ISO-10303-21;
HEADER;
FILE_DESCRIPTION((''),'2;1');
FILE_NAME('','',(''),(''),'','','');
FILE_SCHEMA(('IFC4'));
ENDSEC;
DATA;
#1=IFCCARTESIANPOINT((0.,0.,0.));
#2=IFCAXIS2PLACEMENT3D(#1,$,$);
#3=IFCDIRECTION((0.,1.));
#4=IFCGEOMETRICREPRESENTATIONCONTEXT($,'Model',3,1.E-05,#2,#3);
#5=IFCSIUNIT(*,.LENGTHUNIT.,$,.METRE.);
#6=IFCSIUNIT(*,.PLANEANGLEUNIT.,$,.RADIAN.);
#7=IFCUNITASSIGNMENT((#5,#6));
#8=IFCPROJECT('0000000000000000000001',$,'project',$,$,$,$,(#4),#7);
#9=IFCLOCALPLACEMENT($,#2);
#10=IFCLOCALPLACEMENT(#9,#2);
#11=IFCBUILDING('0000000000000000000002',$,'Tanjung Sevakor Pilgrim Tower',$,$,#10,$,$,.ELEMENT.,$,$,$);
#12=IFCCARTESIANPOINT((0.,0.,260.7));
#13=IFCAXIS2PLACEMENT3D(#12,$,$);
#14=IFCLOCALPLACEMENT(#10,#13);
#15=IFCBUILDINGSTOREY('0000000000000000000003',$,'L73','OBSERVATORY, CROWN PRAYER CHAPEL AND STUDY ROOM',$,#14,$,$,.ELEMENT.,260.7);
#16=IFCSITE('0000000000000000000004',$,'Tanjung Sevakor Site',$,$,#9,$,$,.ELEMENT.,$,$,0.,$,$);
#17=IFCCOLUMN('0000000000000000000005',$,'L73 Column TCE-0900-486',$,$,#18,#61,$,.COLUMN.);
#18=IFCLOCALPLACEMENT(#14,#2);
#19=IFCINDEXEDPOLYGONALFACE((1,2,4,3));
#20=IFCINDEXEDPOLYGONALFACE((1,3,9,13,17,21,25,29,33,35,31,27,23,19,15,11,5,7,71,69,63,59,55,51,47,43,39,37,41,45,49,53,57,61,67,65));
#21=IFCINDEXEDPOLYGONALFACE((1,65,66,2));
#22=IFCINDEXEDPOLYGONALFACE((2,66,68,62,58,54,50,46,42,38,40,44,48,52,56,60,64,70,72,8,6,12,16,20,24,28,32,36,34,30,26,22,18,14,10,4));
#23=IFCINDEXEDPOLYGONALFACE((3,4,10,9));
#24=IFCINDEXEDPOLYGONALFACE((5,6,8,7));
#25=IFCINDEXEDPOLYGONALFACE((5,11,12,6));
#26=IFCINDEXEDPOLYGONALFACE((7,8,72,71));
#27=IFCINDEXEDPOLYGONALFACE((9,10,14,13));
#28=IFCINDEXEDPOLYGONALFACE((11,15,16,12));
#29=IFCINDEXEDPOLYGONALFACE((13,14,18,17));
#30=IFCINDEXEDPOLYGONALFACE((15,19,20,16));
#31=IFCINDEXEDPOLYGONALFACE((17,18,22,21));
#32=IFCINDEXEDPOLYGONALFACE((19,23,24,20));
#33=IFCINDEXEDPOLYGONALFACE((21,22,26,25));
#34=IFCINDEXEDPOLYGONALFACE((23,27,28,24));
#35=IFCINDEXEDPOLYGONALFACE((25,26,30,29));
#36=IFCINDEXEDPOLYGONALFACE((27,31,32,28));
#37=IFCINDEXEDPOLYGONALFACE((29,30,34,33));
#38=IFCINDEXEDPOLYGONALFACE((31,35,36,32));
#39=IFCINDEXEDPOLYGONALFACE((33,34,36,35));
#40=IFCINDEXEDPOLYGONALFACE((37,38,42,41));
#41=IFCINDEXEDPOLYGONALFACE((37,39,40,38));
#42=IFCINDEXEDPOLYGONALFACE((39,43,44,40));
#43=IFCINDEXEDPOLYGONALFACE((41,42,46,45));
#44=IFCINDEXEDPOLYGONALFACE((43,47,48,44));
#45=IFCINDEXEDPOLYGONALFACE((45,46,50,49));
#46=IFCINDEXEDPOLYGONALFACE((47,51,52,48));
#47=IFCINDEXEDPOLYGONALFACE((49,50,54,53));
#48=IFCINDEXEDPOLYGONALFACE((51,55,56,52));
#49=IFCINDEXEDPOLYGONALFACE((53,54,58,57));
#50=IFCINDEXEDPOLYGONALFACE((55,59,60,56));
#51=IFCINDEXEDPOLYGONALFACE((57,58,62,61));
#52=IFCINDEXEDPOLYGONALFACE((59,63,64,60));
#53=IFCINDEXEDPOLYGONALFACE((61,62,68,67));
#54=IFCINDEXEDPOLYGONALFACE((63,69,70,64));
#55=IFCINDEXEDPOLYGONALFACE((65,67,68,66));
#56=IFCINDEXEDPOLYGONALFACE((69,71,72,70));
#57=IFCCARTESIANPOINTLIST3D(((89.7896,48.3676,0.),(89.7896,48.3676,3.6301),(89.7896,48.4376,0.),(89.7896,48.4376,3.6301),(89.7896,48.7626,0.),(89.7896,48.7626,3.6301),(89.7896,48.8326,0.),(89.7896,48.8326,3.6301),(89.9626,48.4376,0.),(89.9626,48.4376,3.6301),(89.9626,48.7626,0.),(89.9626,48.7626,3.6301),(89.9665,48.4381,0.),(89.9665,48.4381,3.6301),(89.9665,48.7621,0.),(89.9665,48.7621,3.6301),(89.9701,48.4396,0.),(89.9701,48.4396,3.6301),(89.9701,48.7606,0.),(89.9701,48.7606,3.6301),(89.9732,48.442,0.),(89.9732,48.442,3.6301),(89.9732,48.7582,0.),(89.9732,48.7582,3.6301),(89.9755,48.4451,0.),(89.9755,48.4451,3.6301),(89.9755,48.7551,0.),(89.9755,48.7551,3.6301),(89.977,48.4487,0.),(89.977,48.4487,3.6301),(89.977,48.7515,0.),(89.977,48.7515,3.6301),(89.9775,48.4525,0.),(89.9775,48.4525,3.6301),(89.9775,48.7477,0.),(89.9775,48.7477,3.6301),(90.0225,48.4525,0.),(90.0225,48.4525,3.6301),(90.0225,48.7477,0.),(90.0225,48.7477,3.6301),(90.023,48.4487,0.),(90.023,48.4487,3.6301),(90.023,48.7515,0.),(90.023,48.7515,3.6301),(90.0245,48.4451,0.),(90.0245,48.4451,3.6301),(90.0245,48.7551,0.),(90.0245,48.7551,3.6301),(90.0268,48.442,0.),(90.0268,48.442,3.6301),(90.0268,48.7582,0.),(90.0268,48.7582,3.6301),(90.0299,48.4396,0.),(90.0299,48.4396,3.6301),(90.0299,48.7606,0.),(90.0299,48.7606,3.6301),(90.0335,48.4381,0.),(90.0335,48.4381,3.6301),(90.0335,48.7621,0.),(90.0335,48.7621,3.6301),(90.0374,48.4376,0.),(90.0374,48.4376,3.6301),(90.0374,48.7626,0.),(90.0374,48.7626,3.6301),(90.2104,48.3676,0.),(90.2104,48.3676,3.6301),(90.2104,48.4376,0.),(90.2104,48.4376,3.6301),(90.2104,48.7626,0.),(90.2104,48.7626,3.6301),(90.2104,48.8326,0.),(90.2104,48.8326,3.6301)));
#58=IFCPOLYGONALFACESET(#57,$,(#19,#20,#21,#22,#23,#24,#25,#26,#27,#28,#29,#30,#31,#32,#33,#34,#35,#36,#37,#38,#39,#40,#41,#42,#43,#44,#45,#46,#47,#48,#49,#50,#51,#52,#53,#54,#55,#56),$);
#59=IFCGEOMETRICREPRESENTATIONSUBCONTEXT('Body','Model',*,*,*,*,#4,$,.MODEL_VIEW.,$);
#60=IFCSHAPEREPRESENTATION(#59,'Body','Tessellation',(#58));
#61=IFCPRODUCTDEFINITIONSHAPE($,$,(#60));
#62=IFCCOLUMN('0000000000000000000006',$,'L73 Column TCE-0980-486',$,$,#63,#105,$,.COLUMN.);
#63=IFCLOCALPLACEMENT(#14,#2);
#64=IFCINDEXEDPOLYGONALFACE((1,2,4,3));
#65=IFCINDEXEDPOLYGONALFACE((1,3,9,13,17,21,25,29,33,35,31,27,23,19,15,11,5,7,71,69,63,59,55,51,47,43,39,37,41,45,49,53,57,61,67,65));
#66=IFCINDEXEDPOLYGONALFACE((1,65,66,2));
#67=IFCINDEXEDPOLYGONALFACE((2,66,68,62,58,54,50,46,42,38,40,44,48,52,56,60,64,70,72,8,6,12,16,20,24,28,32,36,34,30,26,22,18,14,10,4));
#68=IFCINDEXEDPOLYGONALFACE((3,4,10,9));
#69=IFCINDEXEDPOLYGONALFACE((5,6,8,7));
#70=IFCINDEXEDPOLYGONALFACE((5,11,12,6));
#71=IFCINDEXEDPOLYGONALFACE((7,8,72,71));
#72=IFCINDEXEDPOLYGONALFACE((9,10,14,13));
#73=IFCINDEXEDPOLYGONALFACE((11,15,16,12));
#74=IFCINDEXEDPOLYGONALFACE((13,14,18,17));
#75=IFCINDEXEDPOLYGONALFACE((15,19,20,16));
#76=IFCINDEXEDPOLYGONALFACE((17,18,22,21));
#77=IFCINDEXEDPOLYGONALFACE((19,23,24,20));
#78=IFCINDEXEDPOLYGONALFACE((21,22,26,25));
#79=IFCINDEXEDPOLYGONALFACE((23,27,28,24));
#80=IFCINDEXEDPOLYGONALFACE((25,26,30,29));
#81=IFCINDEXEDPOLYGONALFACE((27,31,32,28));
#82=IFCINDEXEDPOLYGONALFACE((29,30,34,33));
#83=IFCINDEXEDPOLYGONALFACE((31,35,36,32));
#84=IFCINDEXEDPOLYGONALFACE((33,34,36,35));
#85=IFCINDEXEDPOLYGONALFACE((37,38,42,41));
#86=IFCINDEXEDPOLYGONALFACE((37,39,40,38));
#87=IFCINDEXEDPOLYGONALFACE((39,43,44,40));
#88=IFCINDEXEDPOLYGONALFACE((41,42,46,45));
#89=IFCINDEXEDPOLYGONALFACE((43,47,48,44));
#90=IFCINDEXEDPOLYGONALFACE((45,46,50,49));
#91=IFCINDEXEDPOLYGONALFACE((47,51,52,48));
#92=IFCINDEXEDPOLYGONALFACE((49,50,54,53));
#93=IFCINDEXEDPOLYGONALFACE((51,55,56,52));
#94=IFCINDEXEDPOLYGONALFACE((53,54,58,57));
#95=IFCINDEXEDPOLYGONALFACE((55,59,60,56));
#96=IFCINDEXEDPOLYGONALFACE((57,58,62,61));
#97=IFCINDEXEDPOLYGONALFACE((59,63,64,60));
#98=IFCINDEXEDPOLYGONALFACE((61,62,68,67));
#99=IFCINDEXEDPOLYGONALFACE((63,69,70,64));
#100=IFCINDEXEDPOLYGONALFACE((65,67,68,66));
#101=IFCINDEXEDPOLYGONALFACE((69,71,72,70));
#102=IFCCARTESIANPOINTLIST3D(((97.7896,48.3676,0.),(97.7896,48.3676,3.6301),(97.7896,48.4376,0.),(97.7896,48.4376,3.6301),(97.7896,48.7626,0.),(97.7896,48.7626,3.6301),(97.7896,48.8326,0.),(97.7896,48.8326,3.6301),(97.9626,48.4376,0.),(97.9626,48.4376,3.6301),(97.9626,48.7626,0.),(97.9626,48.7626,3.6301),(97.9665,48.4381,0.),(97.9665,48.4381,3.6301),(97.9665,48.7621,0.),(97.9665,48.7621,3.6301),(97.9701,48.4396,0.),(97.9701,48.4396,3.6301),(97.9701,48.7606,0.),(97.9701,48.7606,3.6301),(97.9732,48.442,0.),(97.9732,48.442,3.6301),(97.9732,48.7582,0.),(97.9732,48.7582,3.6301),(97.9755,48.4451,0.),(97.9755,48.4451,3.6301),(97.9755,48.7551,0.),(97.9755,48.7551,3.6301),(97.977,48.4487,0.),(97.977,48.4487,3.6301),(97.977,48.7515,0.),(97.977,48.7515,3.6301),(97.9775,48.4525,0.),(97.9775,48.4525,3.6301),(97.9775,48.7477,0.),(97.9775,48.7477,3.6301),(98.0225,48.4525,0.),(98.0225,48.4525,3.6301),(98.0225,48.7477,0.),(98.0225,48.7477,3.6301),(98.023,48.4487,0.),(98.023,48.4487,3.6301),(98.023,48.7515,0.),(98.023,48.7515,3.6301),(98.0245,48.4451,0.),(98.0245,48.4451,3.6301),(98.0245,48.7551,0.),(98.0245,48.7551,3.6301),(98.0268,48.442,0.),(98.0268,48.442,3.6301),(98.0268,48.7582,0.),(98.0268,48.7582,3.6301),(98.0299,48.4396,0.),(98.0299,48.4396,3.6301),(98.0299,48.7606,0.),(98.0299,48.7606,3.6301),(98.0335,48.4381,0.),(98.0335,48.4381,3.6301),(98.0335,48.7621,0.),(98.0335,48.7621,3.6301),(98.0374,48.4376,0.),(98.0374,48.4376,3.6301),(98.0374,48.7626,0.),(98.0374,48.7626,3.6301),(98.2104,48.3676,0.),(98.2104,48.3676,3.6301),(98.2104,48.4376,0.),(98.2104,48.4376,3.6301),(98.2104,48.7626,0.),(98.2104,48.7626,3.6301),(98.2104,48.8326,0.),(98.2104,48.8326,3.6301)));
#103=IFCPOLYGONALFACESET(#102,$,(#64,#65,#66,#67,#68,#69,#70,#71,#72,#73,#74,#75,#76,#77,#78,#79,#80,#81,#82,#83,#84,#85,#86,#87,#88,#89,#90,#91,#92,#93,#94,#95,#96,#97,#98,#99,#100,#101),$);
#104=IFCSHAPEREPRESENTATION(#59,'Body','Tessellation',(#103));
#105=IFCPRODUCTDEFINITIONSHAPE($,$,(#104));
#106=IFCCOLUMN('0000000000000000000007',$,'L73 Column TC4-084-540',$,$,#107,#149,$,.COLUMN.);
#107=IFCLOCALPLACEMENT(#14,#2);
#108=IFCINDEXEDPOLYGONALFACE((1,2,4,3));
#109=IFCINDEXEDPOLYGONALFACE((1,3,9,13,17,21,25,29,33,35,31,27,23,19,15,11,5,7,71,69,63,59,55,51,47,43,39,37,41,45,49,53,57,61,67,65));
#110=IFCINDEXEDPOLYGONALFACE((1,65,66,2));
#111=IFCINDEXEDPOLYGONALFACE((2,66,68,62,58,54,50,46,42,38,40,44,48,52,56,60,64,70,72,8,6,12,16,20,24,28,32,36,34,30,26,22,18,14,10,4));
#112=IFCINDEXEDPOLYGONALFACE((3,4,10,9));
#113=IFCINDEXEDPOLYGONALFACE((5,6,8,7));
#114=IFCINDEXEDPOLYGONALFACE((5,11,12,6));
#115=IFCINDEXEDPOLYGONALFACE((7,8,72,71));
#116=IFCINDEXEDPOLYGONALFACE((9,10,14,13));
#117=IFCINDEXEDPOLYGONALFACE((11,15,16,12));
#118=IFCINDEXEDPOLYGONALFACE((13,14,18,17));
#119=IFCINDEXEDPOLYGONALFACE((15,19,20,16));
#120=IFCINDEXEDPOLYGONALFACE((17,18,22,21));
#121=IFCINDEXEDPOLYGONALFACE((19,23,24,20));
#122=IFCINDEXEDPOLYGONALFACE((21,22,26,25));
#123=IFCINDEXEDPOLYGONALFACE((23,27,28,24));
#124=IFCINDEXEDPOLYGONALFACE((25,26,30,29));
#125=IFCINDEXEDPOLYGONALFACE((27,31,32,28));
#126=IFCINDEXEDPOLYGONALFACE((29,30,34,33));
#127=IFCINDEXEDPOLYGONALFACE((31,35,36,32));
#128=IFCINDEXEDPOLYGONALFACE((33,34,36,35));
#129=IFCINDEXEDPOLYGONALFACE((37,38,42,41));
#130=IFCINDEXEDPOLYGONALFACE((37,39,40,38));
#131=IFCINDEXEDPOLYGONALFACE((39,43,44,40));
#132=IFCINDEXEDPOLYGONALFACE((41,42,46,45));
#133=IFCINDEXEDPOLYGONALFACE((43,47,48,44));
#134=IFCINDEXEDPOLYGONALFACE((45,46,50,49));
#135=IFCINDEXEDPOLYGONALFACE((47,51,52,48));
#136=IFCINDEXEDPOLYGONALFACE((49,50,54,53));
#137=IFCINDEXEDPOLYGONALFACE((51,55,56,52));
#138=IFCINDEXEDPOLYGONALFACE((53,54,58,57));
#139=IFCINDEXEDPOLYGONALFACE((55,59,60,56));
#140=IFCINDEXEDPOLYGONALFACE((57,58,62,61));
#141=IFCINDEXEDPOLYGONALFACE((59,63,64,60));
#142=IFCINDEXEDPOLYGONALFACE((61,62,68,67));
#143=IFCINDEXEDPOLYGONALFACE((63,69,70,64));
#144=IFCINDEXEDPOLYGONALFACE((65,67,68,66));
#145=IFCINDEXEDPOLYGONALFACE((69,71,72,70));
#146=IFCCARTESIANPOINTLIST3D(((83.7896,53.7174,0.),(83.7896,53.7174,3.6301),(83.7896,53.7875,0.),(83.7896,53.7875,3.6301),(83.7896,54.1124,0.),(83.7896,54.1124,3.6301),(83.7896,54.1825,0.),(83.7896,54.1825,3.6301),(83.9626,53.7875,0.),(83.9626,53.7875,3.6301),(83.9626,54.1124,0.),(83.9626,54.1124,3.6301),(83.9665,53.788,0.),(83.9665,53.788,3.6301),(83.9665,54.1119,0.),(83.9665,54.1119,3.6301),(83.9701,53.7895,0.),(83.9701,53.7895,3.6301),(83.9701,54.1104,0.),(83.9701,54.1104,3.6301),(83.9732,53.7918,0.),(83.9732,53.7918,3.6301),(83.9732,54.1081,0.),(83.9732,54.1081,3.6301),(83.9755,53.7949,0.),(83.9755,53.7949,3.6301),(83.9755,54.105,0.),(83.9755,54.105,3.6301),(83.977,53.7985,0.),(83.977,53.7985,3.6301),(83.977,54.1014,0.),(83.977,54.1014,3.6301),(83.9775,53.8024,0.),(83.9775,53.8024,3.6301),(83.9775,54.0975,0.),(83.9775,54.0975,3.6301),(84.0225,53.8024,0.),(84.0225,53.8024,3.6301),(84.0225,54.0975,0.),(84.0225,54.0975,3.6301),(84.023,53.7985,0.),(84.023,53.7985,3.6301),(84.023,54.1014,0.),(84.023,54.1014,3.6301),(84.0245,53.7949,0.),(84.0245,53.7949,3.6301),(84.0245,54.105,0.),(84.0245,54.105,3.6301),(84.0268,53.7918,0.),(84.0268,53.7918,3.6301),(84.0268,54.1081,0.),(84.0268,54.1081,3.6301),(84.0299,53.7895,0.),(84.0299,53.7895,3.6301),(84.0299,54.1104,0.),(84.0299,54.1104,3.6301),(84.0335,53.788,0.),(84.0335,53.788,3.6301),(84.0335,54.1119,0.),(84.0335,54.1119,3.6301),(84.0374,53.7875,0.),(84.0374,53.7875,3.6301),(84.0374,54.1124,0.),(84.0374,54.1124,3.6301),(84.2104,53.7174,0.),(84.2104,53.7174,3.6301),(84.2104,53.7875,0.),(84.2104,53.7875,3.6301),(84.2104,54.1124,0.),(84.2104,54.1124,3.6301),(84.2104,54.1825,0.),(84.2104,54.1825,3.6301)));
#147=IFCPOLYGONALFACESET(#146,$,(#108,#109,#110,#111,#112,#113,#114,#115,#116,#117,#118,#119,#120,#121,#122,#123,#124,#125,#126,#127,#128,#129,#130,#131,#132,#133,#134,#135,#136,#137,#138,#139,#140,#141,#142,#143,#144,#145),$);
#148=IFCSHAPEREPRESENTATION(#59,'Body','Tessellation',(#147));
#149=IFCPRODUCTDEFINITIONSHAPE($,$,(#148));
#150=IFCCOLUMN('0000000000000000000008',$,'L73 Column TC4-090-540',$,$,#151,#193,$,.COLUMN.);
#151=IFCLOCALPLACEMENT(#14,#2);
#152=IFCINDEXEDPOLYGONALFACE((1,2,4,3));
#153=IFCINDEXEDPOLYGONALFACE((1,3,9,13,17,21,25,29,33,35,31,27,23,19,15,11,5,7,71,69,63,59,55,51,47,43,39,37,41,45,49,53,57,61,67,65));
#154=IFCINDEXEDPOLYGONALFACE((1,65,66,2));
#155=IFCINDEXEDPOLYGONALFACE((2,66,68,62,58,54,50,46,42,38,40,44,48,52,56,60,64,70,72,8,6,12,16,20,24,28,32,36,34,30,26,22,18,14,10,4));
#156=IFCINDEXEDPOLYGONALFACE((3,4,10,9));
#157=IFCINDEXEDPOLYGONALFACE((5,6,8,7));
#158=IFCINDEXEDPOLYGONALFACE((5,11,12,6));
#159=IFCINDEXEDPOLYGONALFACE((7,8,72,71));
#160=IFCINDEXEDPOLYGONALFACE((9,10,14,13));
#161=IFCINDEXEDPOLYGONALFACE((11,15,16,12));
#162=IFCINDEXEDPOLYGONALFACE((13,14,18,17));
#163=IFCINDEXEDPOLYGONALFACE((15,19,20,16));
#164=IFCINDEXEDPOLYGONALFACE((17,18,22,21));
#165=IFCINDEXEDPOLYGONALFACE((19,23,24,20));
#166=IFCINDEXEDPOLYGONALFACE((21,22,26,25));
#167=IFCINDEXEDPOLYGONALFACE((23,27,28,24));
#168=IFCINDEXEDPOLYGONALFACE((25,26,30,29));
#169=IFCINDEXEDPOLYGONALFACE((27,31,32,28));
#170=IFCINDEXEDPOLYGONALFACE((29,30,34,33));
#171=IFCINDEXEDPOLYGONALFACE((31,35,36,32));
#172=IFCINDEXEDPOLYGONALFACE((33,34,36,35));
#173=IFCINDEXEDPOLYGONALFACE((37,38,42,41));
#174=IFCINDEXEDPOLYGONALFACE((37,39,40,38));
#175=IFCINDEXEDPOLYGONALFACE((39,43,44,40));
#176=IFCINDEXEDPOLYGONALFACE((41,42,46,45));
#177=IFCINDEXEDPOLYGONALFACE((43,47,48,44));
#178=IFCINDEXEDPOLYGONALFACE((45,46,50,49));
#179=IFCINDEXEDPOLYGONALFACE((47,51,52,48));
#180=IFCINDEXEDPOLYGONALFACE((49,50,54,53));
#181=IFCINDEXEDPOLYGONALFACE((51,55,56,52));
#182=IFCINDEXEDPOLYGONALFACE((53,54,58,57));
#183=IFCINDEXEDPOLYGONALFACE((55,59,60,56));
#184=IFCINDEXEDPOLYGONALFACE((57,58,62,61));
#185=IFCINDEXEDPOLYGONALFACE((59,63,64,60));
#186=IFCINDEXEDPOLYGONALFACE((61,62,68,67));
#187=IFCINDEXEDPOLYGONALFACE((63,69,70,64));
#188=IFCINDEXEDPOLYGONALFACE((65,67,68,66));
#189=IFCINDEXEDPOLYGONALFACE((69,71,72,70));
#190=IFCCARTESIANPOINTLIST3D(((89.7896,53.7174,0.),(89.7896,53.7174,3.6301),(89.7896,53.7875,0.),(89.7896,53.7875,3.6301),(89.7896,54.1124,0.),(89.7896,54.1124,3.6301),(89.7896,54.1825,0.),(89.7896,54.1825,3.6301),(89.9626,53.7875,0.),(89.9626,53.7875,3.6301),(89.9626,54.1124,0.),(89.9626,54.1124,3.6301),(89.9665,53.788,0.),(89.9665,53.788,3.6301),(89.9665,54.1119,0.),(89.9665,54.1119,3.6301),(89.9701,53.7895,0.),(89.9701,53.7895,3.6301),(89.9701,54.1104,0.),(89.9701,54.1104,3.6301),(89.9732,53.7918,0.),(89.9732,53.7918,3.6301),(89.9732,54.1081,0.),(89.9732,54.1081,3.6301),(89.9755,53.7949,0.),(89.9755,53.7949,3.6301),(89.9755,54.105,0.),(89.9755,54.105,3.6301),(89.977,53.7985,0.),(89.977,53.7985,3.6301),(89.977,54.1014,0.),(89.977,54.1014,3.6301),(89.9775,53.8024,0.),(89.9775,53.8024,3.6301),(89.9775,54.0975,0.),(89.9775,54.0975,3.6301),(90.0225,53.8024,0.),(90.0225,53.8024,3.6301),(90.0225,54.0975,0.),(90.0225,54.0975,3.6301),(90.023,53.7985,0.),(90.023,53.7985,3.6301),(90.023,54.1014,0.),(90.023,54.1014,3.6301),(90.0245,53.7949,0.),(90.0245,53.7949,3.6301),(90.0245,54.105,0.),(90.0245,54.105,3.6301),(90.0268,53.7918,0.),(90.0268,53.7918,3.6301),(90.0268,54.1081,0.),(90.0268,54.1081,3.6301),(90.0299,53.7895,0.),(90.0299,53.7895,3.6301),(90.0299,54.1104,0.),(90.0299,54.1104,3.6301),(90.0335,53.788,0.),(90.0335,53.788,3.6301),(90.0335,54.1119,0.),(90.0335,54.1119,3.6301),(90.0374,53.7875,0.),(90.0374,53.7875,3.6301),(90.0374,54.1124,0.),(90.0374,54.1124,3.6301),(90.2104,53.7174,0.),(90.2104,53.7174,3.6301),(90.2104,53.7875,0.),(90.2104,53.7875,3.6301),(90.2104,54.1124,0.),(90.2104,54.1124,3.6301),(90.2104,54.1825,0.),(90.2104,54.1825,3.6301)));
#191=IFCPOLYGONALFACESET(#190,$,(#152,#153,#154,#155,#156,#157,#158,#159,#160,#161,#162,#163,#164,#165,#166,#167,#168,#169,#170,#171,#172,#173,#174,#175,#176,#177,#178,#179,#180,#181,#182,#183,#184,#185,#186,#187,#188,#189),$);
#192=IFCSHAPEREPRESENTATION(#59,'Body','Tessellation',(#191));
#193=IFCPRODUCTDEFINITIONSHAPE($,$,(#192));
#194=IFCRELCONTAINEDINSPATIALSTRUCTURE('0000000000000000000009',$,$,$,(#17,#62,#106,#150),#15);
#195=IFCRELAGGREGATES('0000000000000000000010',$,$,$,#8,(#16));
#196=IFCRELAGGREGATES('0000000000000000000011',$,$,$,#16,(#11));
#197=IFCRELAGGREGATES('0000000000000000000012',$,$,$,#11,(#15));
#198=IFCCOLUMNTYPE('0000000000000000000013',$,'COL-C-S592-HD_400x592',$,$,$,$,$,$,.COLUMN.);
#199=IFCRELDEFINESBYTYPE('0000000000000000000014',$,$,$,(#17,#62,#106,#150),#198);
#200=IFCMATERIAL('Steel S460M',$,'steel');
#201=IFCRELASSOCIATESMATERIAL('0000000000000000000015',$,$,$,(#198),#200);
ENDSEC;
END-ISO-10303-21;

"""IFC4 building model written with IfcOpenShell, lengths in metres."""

from ifc_helpers import new_model, si_unit, direction, frame, origin, origin_2d, place, context, subcontext, project, spatial, i_section, extrude, material, material_profile, profile_set, type_object, element, save


model = new_model("IFC4")

# Units and contexts
model_context = context("Model", 3, precision=1e-05, world=origin(), true_north=direction((0.0, 1.0)))
body_context = subcontext(model_context, "Body", "Model", "MODEL_VIEW")
ifc_project = project(units=[si_unit("LENGTHUNIT", "METRE"), si_unit("PLANEANGLEUNIT", "RADIAN")], contexts=[model_context])

# Site, building, storey
site_placement = place(None, origin())
site = spatial("IfcSite", under=ifc_project, at=site_placement, Name="Tanjung Sevakor Site", CompositionType="ELEMENT", RefElevation=0.0)
building_placement = place(site_placement, origin())
building = spatial("IfcBuilding", under=site, at=building_placement, Name="Tanjung Sevakor Pilgrim Tower", CompositionType="ELEMENT")
storey_placement = place(building_placement, frame((0.0, 0.0, 260.7)))
storey = spatial("IfcBuildingStorey", under=building, at=storey_placement, Name="L73", Description="OBSERVATORY, CROWN PRAYER CHAPEL AND STUDY ROOM", CompositionType="ELEMENT", Elevation=260.7)

# Columns
ifc_material_1 = material(Name="Steel S460M", Category="steel")
ifc_material_profile_1 = material_profile(ifc_material_1, i_section(OverallWidth=0.4209, OverallDepth=0.4651, WebThickness=0.0449, FlangeThickness=0.0701, FilletRadius=0.0149, at=origin_2d()))
ifc_profile_set_1 = profile_set([ifc_material_profile_1], Name="Steel S460M")
column_type = type_object("IfcColumnType", Name="COL-C-S592-HD_400x592", PredefinedType="COLUMN", material=ifc_profile_set_1)
for number, where, z_axis, x_axis, name in (
    (1, (90.0, 48.6001, 0.0), (0.0, 0.0, 1.0), (1.0, 0.0, 0.0), "L73 Column TCE-0900-486"),
    (2, (98.0, 48.6001, 0.0), (0.0, 0.0, 1.0), (1.0, 0.0, 0.0), "L73 Column TCE-0980-486"),
    (3, (84.0, 53.95, 0.0), (0.0, 0.0, 1.0), (1.0, 0.0, 0.0), "L73 Column TC4-084-540"),
    (4, (90.0, 53.95, 0.0), (0.0, 0.0, 1.0), (1.0, 0.0, 0.0), "L73 Column TC4-090-540"),
):
    element("IfcColumn", number, at=place(storey_placement, frame(where, z_axis=z_axis, x_axis=x_axis)), inside=storey, type_object=column_type, Name=name, PredefinedType="COLUMN", context=body_context, shape_type="SweptSolid", body=[
        extrude(i_section(OverallWidth=0.4209, OverallDepth=0.4651, WebThickness=0.0449, FlangeThickness=0.0701, FilletRadius=0.0149, at=origin_2d()), origin(), (0.0, 0.0, 1.0), 3.6301),
    ])

save(model, "model.ifc")
